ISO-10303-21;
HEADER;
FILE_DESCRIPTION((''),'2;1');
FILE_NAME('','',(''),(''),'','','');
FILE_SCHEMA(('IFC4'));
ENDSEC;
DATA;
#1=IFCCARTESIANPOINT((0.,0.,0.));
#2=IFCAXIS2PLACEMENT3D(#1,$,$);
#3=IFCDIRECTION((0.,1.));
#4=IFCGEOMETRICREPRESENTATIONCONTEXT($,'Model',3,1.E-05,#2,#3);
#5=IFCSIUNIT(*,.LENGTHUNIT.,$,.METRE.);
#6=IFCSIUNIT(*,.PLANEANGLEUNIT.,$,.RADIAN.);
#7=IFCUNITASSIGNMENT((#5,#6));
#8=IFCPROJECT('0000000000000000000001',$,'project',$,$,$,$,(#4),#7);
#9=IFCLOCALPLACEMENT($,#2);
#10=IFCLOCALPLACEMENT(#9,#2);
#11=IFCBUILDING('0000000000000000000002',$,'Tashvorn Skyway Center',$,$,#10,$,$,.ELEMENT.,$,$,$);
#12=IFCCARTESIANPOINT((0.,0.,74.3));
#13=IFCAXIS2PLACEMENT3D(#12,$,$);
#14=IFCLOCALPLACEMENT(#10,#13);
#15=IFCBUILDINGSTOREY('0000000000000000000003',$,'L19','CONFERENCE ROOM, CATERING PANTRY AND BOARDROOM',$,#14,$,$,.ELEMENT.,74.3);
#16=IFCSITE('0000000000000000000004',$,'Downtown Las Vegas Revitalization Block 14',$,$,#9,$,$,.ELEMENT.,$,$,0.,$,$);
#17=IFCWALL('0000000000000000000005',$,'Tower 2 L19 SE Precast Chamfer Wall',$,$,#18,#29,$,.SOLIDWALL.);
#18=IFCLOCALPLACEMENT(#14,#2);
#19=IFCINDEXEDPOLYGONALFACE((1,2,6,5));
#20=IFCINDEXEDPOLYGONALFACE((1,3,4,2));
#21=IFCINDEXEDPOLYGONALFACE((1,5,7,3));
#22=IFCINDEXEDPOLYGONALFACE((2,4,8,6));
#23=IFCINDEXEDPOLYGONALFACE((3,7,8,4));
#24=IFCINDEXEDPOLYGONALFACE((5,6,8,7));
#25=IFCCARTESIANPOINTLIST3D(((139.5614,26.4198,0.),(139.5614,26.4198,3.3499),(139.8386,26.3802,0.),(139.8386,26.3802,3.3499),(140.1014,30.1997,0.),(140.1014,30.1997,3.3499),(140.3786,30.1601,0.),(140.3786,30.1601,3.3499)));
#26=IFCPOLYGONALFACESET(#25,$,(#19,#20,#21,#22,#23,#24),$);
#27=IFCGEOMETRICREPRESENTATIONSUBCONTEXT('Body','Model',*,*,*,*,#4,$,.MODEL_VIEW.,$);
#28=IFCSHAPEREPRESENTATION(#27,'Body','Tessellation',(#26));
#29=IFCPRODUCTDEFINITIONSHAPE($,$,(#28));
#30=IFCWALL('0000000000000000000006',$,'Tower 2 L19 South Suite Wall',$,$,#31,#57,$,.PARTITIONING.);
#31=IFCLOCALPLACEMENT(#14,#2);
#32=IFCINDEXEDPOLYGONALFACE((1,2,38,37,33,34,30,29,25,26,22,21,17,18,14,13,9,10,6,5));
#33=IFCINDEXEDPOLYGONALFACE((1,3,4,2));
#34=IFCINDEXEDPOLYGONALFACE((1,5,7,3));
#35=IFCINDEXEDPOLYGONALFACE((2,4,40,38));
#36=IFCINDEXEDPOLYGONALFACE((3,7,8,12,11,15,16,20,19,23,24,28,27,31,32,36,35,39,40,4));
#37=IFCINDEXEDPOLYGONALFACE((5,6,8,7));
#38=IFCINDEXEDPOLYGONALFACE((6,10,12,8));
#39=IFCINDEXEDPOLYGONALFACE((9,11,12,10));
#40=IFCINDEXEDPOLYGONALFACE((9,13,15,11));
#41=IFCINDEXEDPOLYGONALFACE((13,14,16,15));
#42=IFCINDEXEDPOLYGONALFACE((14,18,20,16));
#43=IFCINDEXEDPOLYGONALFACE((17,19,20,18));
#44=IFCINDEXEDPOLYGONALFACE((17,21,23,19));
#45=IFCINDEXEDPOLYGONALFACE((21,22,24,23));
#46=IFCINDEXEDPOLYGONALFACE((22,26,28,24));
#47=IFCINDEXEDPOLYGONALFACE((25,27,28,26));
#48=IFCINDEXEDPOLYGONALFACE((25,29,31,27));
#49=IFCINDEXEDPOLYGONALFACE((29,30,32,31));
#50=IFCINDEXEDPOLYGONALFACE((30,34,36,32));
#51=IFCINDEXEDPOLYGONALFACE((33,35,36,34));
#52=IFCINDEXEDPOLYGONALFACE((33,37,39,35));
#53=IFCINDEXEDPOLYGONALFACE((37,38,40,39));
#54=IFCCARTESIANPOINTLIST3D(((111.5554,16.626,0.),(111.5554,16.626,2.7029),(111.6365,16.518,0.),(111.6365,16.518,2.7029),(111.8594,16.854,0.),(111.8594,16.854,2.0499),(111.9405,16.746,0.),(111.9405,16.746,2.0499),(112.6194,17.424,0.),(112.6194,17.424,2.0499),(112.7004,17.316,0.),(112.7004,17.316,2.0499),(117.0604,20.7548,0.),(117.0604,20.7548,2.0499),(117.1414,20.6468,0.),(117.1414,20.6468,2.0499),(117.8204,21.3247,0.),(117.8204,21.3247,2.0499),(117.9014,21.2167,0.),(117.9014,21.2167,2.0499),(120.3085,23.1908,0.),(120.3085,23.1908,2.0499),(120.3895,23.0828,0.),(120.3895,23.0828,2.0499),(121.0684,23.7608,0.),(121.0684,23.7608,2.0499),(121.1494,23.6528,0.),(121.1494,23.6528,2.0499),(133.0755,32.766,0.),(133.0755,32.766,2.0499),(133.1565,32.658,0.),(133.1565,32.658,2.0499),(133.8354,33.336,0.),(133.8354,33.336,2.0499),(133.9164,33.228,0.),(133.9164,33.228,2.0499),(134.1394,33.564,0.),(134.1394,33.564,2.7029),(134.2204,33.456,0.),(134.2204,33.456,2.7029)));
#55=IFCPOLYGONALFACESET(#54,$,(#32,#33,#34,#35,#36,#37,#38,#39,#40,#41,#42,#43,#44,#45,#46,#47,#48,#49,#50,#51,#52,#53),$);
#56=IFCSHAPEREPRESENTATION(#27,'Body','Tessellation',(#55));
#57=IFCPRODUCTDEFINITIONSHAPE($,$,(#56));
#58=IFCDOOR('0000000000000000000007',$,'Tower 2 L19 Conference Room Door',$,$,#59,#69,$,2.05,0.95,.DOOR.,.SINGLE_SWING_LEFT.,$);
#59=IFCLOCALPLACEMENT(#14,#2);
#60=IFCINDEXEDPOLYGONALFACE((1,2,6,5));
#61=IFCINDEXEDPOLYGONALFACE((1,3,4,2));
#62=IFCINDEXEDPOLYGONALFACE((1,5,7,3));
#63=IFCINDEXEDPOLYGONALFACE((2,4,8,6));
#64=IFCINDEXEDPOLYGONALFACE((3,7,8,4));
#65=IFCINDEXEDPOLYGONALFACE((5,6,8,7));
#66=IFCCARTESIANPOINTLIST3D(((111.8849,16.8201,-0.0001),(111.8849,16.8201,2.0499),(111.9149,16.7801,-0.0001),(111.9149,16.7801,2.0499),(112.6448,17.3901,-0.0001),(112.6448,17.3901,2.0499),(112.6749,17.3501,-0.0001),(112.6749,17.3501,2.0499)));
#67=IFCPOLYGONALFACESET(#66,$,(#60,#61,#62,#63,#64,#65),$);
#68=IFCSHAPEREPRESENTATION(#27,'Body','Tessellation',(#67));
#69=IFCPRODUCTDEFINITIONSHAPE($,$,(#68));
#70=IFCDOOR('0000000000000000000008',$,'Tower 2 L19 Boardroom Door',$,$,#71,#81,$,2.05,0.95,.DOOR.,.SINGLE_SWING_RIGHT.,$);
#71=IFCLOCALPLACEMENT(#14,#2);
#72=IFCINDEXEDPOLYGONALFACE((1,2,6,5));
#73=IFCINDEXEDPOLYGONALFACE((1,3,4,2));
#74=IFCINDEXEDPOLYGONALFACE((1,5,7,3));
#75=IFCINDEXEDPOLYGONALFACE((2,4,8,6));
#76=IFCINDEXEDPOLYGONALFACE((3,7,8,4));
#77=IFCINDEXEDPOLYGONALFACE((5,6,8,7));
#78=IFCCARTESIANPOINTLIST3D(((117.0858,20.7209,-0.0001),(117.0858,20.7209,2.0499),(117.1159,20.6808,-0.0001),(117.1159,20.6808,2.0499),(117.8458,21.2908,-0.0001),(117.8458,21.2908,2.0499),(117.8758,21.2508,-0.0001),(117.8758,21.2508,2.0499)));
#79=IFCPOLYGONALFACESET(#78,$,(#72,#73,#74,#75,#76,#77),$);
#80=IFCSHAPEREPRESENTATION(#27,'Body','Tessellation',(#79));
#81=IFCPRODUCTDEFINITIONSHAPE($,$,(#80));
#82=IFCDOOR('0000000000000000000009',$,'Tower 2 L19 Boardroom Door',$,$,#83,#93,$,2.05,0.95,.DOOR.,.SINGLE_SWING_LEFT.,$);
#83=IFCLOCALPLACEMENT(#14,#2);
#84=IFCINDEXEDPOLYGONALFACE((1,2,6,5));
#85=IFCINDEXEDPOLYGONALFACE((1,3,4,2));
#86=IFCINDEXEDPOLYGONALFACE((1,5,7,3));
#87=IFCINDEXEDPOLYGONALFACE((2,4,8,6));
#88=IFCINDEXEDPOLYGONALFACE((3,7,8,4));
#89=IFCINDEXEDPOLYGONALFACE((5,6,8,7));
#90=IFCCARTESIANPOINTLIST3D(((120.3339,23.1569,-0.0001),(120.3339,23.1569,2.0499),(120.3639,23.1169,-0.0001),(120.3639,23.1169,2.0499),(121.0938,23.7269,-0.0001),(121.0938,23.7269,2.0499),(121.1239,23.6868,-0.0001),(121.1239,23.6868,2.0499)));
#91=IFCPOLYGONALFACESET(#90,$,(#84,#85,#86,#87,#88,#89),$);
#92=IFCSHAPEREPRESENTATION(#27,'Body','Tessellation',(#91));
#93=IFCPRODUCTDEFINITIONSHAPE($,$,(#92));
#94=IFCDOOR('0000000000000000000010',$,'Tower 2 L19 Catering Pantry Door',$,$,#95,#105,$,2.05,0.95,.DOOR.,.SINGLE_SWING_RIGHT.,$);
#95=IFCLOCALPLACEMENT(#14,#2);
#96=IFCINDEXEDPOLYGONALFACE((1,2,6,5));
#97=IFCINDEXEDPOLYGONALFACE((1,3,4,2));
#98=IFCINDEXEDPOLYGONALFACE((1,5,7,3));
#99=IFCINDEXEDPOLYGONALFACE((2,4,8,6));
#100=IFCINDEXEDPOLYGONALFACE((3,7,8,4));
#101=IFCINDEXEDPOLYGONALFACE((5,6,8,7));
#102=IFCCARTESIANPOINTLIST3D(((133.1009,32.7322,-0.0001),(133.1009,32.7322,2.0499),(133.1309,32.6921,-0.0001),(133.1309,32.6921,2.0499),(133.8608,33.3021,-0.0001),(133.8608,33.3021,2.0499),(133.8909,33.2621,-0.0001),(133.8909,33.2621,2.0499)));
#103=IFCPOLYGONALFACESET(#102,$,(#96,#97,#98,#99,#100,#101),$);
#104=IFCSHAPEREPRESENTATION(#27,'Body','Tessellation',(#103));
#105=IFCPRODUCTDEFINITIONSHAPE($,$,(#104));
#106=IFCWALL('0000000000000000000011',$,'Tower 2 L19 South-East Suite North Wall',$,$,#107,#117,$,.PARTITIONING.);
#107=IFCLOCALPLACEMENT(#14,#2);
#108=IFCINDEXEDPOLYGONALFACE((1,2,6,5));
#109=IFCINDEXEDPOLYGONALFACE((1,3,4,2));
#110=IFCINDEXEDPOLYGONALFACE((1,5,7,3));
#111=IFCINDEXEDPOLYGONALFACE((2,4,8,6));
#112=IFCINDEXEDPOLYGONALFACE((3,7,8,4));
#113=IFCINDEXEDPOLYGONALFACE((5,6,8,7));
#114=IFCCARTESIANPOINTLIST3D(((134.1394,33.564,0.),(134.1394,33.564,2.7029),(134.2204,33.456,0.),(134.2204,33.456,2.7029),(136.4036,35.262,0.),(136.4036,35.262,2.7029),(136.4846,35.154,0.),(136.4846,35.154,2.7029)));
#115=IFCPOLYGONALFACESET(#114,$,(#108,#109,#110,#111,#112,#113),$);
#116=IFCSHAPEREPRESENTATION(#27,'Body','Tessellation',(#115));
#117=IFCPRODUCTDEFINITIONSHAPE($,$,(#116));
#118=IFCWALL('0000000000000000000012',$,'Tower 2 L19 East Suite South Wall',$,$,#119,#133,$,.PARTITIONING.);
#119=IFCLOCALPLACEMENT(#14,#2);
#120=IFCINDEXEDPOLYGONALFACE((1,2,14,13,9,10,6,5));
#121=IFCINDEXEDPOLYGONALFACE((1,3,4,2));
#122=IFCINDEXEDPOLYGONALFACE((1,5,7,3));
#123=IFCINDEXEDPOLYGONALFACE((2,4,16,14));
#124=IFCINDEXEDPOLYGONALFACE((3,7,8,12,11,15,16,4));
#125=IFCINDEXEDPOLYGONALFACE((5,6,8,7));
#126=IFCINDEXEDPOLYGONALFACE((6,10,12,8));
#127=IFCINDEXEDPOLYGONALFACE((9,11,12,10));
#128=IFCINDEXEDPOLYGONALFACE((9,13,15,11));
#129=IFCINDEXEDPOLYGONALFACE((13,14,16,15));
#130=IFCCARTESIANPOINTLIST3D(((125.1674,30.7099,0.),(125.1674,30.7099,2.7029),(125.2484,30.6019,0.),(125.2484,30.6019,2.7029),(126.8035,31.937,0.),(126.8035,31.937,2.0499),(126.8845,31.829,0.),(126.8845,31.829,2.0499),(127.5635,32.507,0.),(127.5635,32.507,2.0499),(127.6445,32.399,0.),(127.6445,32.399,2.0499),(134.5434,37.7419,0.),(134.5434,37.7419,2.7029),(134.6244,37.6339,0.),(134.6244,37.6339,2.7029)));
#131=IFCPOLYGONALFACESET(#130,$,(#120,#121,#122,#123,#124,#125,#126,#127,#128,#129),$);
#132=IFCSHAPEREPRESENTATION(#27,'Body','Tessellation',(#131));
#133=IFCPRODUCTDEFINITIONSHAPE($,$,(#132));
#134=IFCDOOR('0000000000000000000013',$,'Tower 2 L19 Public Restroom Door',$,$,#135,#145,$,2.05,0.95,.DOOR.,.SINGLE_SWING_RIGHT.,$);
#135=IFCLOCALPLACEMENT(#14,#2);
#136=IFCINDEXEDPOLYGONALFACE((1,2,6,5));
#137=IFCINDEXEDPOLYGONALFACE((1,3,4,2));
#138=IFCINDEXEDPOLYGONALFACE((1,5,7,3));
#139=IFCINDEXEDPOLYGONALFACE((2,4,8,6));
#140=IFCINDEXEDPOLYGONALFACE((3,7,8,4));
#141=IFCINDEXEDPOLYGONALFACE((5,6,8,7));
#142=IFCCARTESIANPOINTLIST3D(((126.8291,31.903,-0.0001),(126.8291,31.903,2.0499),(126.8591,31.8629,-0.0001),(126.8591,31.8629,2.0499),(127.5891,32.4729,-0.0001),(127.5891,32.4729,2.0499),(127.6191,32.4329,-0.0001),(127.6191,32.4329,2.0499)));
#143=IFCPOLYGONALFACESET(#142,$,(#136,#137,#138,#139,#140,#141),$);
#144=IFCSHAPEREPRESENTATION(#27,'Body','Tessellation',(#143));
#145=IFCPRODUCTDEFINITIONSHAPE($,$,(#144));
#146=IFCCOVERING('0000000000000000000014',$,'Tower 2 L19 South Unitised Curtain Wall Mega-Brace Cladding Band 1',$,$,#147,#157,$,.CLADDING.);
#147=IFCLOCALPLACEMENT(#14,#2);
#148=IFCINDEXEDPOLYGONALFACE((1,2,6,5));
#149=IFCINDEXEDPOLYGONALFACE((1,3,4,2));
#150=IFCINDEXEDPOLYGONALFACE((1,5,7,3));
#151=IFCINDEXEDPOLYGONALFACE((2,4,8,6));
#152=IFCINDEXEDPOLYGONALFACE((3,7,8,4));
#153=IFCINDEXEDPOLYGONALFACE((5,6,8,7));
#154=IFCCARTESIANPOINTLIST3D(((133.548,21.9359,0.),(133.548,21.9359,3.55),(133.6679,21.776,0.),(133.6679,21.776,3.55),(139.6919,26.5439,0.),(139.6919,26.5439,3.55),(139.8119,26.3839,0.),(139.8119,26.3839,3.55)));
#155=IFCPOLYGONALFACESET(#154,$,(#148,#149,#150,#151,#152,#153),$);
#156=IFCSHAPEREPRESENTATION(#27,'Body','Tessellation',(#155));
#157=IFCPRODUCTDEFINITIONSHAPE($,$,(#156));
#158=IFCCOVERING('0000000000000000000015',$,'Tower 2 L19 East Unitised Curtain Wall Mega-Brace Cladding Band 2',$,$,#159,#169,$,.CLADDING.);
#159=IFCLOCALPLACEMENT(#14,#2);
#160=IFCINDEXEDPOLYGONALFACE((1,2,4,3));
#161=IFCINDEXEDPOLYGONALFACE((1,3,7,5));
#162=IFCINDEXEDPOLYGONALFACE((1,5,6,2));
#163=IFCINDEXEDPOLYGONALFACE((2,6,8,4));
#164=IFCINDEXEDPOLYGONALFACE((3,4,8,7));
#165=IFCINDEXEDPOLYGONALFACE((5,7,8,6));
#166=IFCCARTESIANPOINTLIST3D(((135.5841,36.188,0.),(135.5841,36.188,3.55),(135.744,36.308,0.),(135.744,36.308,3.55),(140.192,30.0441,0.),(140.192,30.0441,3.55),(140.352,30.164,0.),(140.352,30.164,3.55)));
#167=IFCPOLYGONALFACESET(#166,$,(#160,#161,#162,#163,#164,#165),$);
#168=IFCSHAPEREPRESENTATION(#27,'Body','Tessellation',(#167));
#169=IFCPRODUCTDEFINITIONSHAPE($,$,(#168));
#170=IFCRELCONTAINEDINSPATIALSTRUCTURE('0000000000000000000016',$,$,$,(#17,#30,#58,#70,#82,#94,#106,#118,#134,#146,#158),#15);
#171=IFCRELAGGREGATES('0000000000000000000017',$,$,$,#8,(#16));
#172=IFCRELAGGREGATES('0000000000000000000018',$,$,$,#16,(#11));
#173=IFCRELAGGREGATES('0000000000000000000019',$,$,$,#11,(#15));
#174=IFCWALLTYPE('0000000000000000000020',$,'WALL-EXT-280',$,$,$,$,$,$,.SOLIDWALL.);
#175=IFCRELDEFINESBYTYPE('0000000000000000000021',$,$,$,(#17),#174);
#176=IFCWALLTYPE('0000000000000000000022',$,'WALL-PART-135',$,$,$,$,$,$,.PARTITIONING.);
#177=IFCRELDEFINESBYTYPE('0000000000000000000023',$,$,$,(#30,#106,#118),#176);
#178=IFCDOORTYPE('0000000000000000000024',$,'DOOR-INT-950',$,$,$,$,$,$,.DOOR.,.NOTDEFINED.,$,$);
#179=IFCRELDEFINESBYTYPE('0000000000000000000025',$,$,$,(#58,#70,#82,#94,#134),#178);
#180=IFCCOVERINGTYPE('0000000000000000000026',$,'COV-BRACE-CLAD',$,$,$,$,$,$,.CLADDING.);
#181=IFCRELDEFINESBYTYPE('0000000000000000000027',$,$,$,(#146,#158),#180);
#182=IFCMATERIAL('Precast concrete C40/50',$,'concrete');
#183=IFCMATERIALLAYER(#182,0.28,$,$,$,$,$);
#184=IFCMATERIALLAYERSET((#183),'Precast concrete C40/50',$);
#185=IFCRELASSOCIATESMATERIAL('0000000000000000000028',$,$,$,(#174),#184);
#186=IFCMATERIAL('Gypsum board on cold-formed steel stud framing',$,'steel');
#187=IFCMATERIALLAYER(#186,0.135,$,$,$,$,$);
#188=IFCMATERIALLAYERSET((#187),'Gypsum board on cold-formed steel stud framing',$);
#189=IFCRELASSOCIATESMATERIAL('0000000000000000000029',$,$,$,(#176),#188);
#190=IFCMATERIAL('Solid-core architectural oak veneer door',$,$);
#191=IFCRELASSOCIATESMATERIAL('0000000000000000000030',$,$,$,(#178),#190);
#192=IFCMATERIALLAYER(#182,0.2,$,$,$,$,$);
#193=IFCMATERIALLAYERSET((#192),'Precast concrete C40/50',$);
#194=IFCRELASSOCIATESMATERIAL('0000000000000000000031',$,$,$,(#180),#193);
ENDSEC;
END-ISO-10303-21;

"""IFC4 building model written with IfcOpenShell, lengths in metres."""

from ifc_helpers import new_model, si_unit, direction, frame, frame_2d, origin, origin_2d, place, context, subcontext, project, spatial, rectangle, extrude, material, layer, layer_set, type_object, element, fill, save


model = new_model("IFC4")

# Units and contexts
model_context = context("Model", 3, precision=1e-05, world=origin(), true_north=direction((0.0, 1.0)))
body_context = subcontext(model_context, "Body", "Model", "MODEL_VIEW")
ifc_project = project(units=[si_unit("LENGTHUNIT", "METRE"), si_unit("PLANEANGLEUNIT", "RADIAN")], contexts=[model_context])

# Site, building, storey
site_placement = place(None, origin())
site = spatial("IfcSite", under=ifc_project, at=site_placement, Name="Downtown Las Vegas Revitalization Block 14", CompositionType="ELEMENT", RefElevation=0.0)
building_placement = place(site_placement, origin())
building = spatial("IfcBuilding", under=site, at=building_placement, Name="Tashvorn Skyway Center", CompositionType="ELEMENT")
storey_placement = place(building_placement, frame((0.0, 0.0, 74.3)))
storey = spatial("IfcBuildingStorey", under=building, at=storey_placement, Name="L19", Description="CONFERENCE ROOM, CATERING PANTRY AND BOARDROOM", CompositionType="ELEMENT", Elevation=74.3)

# Wall
ifc_material_1 = material(Name="Precast concrete C40/50", Category="concrete")
ifc_layer_1 = layer(ifc_material_1, 0.28)
ifc_layer_set_1 = layer_set([ifc_layer_1], Name="Precast concrete C40/50")
wall_type_1 = type_object("IfcWallType", Name="WALL-EXT-280", PredefinedType="SOLIDWALL", material=ifc_layer_set_1)
wall_1_placement = place(storey_placement, frame((140.24, 30.1799, 0.0), z_axis=(0.0, 0.0, 1.0), x_axis=(-0.14143, -0.989948, 0.0)))
element("IfcWall", 1, at=wall_1_placement, inside=storey, type_object=wall_type_1, Name="Tower 2 L19 SE Precast Chamfer Wall", PredefinedType="SOLIDWALL", context=body_context, shape_type="SweptSolid", body=[
    extrude(rectangle(XDim=3.8184, YDim=0.28, at=frame_2d((1.9092, 0.0))), origin(), (0.0, 0.0, 1.0), 3.3499),
])

# Wall, openings, doors
ifc_material_2 = material(Name="Gypsum board on cold-formed steel stud framing", Category="steel")
ifc_layer_2 = layer(ifc_material_2, 0.135)
ifc_layer_set_2 = layer_set([ifc_layer_2], Name="Gypsum board on cold-formed steel stud framing")
wall_type_2 = type_object("IfcWallType", Name="WALL-PART-135", PredefinedType="PARTITIONING", material=ifc_layer_set_2)
wall_2_placement = place(storey_placement, frame((134.1799, 33.51, 0.0), z_axis=(0.0, 0.0, 1.0), x_axis=(-0.8, -0.6, 0.0)))
wall_2 = element("IfcWall", 2, at=wall_2_placement, inside=storey, type_object=wall_type_2, Name="Tower 2 L19 South Suite Wall", PredefinedType="PARTITIONING", context=body_context, shape_type="SweptSolid", body=[
    extrude(rectangle(XDim=28.23, YDim=0.135, at=frame_2d((14.115, 0.0))), origin(), (0.0, 0.0, 1.0), 2.7029),
])
opening_1_placement = place(wall_2_placement, frame((26.8999, 0.0, 0.0)))
opening_1 = element("IfcOpeningElement", 3, at=opening_1_placement, cuts=wall_2, PredefinedType="OPENING", context=body_context, shape_type="SweptSolid", body=[
    extrude(rectangle(XDim=0.95, YDim=2.05, at=frame_2d((0.4751, 1.0249))), frame((0.0, 0.0774, 0.0), z_axis=(0.0, -1.0, 0.0), x_axis=(1.0, 0.0, 0.0)), (0.0, 0.0, 1.0), 0.155),
])
opening_2_placement = place(wall_2_placement, frame((20.3987, 0.0, 0.0)))
opening_2 = element("IfcOpeningElement", 4, at=opening_2_placement, cuts=wall_2, PredefinedType="OPENING", context=body_context, shape_type="SweptSolid", body=[
    extrude(rectangle(XDim=0.95, YDim=2.05, at=frame_2d((0.4751, 1.0249))), frame((0.0, 0.0774, 0.0), z_axis=(0.0, -1.0, 0.0), x_axis=(1.0, 0.0, 0.0)), (0.0, 0.0, 1.0), 0.155),
])
opening_3_placement = place(wall_2_placement, frame((16.3386, 0.0, 0.0)))
opening_3 = element("IfcOpeningElement", 5, at=opening_3_placement, cuts=wall_2, PredefinedType="OPENING", context=body_context, shape_type="SweptSolid", body=[
    extrude(rectangle(XDim=0.95, YDim=2.05, at=frame_2d((0.4751, 1.0249))), frame((0.0, 0.0774, 0.0), z_axis=(0.0, -1.0, 0.0), x_axis=(1.0, 0.0, 0.0)), (0.0, 0.0, 1.0), 0.155),
])
opening_4_placement = place(wall_2_placement, frame((0.3799, 0.0, 0.0)))
opening_4 = element("IfcOpeningElement", 6, at=opening_4_placement, cuts=wall_2, PredefinedType="OPENING", context=body_context, shape_type="SweptSolid", body=[
    extrude(rectangle(XDim=0.95, YDim=2.05, at=frame_2d((0.4751, 1.0249))), frame((0.0, 0.0774, 0.0), z_axis=(0.0, -1.0, 0.0), x_axis=(1.0, 0.0, 0.0)), (0.0, 0.0, 1.0), 0.155),
])
ifc_material_3 = material(Name="Solid-core architectural oak veneer door")
door_type_1 = type_object("IfcDoorType", Name="DOOR-INT-950", OperationType="NOTDEFINED", PredefinedType="DOOR", material=ifc_material_3)
door_1_placement = place(opening_1_placement, origin())
door_1 = element("IfcDoor", 7, at=door_1_placement, inside=storey, type_object=door_type_1, Name="Tower 2 L19 Conference Room Door", OperationType="SINGLE_SWING_LEFT", OverallHeight=2.05, OverallWidth=0.95, PredefinedType="DOOR", context=body_context, shape_type="SweptSolid", body=[
    extrude(rectangle(XDim=0.95, YDim=2.05, at=frame_2d((0.4751, 1.0249))), frame((0.0, 0.0249, 0.0), z_axis=(0.0, -1.0, 0.0), x_axis=(1.0, 0.0, 0.0)), (0.0, 0.0, 1.0), 0.05),
])
fill(opening_1, door_1)
door_2_placement = place(opening_2_placement, origin())
door_2 = element("IfcDoor", 8, at=door_2_placement, inside=storey, type_object=door_type_1, Name="Tower 2 L19 Boardroom Door", OperationType="SINGLE_SWING_RIGHT", OverallHeight=2.05, OverallWidth=0.95, PredefinedType="DOOR", context=body_context, shape_type="SweptSolid", body=[
    extrude(rectangle(XDim=0.95, YDim=2.05, at=frame_2d((0.4751, 1.0249))), frame((0.0, 0.0249, 0.0), z_axis=(0.0, -1.0, 0.0), x_axis=(1.0, 0.0, 0.0)), (0.0, 0.0, 1.0), 0.05),
])
fill(opening_2, door_2)
door_3_placement = place(opening_3_placement, origin())
door_3 = element("IfcDoor", 9, at=door_3_placement, inside=storey, type_object=door_type_1, Name="Tower 2 L19 Boardroom Door", OperationType="SINGLE_SWING_LEFT", OverallHeight=2.05, OverallWidth=0.95, PredefinedType="DOOR", context=body_context, shape_type="SweptSolid", body=[
    extrude(rectangle(XDim=0.95, YDim=2.05, at=frame_2d((0.4751, 1.0249))), frame((0.0, 0.0249, 0.0), z_axis=(0.0, -1.0, 0.0), x_axis=(1.0, 0.0, 0.0)), (0.0, 0.0, 1.0), 0.05),
])
fill(opening_3, door_3)
door_4_placement = place(opening_4_placement, origin())
door_4 = element("IfcDoor", 10, at=door_4_placement, inside=storey, type_object=door_type_1, Name="Tower 2 L19 Catering Pantry Door", OperationType="SINGLE_SWING_RIGHT", OverallHeight=2.05, OverallWidth=0.95, PredefinedType="DOOR", context=body_context, shape_type="SweptSolid", body=[
    extrude(rectangle(XDim=0.95, YDim=2.05, at=frame_2d((0.4751, 1.0249))), frame((0.0, 0.0249, 0.0), z_axis=(0.0, -1.0, 0.0), x_axis=(1.0, 0.0, 0.0)), (0.0, 0.0, 1.0), 0.05),
])
fill(opening_4, door_4)

# Wall
wall_3_placement = place(storey_placement, frame((134.1799, 33.51, 0.0), z_axis=(0.0, 0.0, 1.0), x_axis=(0.800021, 0.599972, 0.0)))
element("IfcWall", 11, at=wall_3_placement, inside=storey, type_object=wall_type_2, Name="Tower 2 L19 South-East Suite North Wall", PredefinedType="PARTITIONING", context=body_context, shape_type="SweptSolid", body=[
    extrude(rectangle(XDim=2.8301, YDim=0.135, at=frame_2d((1.415, 0.0))), origin(), (0.0, 0.0, 1.0), 2.7029),
])

# Wall, opening, door
wall_4_placement = place(storey_placement, frame((125.208, 30.656, 0.0), z_axis=(0.0, 0.0, 1.0), x_axis=(0.8, 0.6, 0.0)))
wall_4 = element("IfcWall", 12, at=wall_4_placement, inside=storey, type_object=wall_type_2, Name="Tower 2 L19 East Suite South Wall", PredefinedType="PARTITIONING", context=body_context, shape_type="SweptSolid", body=[
    extrude(rectangle(XDim=11.72, YDim=0.135, at=frame_2d((5.8599, 0.0))), origin(), (0.0, 0.0, 1.0), 2.7029),
])
opening_5_placement = place(wall_4_placement, frame((2.0449, 0.0, 0.0)))
opening_5 = element("IfcOpeningElement", 13, at=opening_5_placement, cuts=wall_4, PredefinedType="OPENING", context=body_context, shape_type="SweptSolid", body=[
    extrude(rectangle(XDim=0.95, YDim=2.05, at=frame_2d((0.4751, 1.0249))), frame((0.0, 0.0774, 0.0), z_axis=(0.0, -1.0, 0.0), x_axis=(1.0, 0.0, 0.0)), (0.0, 0.0, 1.0), 0.155),
])
door_5_placement = place(opening_5_placement, origin())
door_5 = element("IfcDoor", 14, at=door_5_placement, inside=storey, type_object=door_type_1, Name="Tower 2 L19 Public Restroom Door", OperationType="SINGLE_SWING_RIGHT", OverallHeight=2.05, OverallWidth=0.95, PredefinedType="DOOR", context=body_context, shape_type="SweptSolid", body=[
    extrude(rectangle(XDim=0.95, YDim=2.05, at=frame_2d((0.4751, 1.0249))), frame((0.0, 0.0249, 0.0), z_axis=(0.0, -1.0, 0.0), x_axis=(1.0, 0.0, 0.0)), (0.0, 0.0, 1.0), 0.05),
])
fill(opening_5, door_5)

# Coverings
ifc_layer_3 = layer(ifc_material_1, 0.2)
ifc_layer_set_3 = layer_set([ifc_layer_3], Name="Precast concrete C40/50")
covering_type_1 = type_object("IfcCoveringType", Name="COV-BRACE-CLAD", PredefinedType="CLADDING", material=ifc_layer_set_3)
for number, where, z_axis, x_axis, name in (
    (15, (136.6799, 24.1599, 0.0), (0.0, 0.0, 1.0), (-0.8, -0.6, 0.0), "Tower 2 L19 South Unitised Curtain Wall Mega-Brace Cladding Band 1"),
    (16, (137.968, 33.176, 0.0), (0.0, 0.0, 1.0), (0.6, -0.8, 0.0), "Tower 2 L19 East Unitised Curtain Wall Mega-Brace Cladding Band 2"),
):
    element("IfcCovering", number, at=place(storey_placement, frame(where, z_axis=z_axis, x_axis=x_axis)), inside=storey, type_object=covering_type_1, Name=name, PredefinedType="CLADDING", context=body_context, shape_type="SweptSolid", body=[
        extrude(rectangle(XDim=7.6799, YDim=0.2, at=origin_2d()), origin(), (0.0, 0.0, 1.0), 3.55),
    ])

save(model, "model.ifc")
